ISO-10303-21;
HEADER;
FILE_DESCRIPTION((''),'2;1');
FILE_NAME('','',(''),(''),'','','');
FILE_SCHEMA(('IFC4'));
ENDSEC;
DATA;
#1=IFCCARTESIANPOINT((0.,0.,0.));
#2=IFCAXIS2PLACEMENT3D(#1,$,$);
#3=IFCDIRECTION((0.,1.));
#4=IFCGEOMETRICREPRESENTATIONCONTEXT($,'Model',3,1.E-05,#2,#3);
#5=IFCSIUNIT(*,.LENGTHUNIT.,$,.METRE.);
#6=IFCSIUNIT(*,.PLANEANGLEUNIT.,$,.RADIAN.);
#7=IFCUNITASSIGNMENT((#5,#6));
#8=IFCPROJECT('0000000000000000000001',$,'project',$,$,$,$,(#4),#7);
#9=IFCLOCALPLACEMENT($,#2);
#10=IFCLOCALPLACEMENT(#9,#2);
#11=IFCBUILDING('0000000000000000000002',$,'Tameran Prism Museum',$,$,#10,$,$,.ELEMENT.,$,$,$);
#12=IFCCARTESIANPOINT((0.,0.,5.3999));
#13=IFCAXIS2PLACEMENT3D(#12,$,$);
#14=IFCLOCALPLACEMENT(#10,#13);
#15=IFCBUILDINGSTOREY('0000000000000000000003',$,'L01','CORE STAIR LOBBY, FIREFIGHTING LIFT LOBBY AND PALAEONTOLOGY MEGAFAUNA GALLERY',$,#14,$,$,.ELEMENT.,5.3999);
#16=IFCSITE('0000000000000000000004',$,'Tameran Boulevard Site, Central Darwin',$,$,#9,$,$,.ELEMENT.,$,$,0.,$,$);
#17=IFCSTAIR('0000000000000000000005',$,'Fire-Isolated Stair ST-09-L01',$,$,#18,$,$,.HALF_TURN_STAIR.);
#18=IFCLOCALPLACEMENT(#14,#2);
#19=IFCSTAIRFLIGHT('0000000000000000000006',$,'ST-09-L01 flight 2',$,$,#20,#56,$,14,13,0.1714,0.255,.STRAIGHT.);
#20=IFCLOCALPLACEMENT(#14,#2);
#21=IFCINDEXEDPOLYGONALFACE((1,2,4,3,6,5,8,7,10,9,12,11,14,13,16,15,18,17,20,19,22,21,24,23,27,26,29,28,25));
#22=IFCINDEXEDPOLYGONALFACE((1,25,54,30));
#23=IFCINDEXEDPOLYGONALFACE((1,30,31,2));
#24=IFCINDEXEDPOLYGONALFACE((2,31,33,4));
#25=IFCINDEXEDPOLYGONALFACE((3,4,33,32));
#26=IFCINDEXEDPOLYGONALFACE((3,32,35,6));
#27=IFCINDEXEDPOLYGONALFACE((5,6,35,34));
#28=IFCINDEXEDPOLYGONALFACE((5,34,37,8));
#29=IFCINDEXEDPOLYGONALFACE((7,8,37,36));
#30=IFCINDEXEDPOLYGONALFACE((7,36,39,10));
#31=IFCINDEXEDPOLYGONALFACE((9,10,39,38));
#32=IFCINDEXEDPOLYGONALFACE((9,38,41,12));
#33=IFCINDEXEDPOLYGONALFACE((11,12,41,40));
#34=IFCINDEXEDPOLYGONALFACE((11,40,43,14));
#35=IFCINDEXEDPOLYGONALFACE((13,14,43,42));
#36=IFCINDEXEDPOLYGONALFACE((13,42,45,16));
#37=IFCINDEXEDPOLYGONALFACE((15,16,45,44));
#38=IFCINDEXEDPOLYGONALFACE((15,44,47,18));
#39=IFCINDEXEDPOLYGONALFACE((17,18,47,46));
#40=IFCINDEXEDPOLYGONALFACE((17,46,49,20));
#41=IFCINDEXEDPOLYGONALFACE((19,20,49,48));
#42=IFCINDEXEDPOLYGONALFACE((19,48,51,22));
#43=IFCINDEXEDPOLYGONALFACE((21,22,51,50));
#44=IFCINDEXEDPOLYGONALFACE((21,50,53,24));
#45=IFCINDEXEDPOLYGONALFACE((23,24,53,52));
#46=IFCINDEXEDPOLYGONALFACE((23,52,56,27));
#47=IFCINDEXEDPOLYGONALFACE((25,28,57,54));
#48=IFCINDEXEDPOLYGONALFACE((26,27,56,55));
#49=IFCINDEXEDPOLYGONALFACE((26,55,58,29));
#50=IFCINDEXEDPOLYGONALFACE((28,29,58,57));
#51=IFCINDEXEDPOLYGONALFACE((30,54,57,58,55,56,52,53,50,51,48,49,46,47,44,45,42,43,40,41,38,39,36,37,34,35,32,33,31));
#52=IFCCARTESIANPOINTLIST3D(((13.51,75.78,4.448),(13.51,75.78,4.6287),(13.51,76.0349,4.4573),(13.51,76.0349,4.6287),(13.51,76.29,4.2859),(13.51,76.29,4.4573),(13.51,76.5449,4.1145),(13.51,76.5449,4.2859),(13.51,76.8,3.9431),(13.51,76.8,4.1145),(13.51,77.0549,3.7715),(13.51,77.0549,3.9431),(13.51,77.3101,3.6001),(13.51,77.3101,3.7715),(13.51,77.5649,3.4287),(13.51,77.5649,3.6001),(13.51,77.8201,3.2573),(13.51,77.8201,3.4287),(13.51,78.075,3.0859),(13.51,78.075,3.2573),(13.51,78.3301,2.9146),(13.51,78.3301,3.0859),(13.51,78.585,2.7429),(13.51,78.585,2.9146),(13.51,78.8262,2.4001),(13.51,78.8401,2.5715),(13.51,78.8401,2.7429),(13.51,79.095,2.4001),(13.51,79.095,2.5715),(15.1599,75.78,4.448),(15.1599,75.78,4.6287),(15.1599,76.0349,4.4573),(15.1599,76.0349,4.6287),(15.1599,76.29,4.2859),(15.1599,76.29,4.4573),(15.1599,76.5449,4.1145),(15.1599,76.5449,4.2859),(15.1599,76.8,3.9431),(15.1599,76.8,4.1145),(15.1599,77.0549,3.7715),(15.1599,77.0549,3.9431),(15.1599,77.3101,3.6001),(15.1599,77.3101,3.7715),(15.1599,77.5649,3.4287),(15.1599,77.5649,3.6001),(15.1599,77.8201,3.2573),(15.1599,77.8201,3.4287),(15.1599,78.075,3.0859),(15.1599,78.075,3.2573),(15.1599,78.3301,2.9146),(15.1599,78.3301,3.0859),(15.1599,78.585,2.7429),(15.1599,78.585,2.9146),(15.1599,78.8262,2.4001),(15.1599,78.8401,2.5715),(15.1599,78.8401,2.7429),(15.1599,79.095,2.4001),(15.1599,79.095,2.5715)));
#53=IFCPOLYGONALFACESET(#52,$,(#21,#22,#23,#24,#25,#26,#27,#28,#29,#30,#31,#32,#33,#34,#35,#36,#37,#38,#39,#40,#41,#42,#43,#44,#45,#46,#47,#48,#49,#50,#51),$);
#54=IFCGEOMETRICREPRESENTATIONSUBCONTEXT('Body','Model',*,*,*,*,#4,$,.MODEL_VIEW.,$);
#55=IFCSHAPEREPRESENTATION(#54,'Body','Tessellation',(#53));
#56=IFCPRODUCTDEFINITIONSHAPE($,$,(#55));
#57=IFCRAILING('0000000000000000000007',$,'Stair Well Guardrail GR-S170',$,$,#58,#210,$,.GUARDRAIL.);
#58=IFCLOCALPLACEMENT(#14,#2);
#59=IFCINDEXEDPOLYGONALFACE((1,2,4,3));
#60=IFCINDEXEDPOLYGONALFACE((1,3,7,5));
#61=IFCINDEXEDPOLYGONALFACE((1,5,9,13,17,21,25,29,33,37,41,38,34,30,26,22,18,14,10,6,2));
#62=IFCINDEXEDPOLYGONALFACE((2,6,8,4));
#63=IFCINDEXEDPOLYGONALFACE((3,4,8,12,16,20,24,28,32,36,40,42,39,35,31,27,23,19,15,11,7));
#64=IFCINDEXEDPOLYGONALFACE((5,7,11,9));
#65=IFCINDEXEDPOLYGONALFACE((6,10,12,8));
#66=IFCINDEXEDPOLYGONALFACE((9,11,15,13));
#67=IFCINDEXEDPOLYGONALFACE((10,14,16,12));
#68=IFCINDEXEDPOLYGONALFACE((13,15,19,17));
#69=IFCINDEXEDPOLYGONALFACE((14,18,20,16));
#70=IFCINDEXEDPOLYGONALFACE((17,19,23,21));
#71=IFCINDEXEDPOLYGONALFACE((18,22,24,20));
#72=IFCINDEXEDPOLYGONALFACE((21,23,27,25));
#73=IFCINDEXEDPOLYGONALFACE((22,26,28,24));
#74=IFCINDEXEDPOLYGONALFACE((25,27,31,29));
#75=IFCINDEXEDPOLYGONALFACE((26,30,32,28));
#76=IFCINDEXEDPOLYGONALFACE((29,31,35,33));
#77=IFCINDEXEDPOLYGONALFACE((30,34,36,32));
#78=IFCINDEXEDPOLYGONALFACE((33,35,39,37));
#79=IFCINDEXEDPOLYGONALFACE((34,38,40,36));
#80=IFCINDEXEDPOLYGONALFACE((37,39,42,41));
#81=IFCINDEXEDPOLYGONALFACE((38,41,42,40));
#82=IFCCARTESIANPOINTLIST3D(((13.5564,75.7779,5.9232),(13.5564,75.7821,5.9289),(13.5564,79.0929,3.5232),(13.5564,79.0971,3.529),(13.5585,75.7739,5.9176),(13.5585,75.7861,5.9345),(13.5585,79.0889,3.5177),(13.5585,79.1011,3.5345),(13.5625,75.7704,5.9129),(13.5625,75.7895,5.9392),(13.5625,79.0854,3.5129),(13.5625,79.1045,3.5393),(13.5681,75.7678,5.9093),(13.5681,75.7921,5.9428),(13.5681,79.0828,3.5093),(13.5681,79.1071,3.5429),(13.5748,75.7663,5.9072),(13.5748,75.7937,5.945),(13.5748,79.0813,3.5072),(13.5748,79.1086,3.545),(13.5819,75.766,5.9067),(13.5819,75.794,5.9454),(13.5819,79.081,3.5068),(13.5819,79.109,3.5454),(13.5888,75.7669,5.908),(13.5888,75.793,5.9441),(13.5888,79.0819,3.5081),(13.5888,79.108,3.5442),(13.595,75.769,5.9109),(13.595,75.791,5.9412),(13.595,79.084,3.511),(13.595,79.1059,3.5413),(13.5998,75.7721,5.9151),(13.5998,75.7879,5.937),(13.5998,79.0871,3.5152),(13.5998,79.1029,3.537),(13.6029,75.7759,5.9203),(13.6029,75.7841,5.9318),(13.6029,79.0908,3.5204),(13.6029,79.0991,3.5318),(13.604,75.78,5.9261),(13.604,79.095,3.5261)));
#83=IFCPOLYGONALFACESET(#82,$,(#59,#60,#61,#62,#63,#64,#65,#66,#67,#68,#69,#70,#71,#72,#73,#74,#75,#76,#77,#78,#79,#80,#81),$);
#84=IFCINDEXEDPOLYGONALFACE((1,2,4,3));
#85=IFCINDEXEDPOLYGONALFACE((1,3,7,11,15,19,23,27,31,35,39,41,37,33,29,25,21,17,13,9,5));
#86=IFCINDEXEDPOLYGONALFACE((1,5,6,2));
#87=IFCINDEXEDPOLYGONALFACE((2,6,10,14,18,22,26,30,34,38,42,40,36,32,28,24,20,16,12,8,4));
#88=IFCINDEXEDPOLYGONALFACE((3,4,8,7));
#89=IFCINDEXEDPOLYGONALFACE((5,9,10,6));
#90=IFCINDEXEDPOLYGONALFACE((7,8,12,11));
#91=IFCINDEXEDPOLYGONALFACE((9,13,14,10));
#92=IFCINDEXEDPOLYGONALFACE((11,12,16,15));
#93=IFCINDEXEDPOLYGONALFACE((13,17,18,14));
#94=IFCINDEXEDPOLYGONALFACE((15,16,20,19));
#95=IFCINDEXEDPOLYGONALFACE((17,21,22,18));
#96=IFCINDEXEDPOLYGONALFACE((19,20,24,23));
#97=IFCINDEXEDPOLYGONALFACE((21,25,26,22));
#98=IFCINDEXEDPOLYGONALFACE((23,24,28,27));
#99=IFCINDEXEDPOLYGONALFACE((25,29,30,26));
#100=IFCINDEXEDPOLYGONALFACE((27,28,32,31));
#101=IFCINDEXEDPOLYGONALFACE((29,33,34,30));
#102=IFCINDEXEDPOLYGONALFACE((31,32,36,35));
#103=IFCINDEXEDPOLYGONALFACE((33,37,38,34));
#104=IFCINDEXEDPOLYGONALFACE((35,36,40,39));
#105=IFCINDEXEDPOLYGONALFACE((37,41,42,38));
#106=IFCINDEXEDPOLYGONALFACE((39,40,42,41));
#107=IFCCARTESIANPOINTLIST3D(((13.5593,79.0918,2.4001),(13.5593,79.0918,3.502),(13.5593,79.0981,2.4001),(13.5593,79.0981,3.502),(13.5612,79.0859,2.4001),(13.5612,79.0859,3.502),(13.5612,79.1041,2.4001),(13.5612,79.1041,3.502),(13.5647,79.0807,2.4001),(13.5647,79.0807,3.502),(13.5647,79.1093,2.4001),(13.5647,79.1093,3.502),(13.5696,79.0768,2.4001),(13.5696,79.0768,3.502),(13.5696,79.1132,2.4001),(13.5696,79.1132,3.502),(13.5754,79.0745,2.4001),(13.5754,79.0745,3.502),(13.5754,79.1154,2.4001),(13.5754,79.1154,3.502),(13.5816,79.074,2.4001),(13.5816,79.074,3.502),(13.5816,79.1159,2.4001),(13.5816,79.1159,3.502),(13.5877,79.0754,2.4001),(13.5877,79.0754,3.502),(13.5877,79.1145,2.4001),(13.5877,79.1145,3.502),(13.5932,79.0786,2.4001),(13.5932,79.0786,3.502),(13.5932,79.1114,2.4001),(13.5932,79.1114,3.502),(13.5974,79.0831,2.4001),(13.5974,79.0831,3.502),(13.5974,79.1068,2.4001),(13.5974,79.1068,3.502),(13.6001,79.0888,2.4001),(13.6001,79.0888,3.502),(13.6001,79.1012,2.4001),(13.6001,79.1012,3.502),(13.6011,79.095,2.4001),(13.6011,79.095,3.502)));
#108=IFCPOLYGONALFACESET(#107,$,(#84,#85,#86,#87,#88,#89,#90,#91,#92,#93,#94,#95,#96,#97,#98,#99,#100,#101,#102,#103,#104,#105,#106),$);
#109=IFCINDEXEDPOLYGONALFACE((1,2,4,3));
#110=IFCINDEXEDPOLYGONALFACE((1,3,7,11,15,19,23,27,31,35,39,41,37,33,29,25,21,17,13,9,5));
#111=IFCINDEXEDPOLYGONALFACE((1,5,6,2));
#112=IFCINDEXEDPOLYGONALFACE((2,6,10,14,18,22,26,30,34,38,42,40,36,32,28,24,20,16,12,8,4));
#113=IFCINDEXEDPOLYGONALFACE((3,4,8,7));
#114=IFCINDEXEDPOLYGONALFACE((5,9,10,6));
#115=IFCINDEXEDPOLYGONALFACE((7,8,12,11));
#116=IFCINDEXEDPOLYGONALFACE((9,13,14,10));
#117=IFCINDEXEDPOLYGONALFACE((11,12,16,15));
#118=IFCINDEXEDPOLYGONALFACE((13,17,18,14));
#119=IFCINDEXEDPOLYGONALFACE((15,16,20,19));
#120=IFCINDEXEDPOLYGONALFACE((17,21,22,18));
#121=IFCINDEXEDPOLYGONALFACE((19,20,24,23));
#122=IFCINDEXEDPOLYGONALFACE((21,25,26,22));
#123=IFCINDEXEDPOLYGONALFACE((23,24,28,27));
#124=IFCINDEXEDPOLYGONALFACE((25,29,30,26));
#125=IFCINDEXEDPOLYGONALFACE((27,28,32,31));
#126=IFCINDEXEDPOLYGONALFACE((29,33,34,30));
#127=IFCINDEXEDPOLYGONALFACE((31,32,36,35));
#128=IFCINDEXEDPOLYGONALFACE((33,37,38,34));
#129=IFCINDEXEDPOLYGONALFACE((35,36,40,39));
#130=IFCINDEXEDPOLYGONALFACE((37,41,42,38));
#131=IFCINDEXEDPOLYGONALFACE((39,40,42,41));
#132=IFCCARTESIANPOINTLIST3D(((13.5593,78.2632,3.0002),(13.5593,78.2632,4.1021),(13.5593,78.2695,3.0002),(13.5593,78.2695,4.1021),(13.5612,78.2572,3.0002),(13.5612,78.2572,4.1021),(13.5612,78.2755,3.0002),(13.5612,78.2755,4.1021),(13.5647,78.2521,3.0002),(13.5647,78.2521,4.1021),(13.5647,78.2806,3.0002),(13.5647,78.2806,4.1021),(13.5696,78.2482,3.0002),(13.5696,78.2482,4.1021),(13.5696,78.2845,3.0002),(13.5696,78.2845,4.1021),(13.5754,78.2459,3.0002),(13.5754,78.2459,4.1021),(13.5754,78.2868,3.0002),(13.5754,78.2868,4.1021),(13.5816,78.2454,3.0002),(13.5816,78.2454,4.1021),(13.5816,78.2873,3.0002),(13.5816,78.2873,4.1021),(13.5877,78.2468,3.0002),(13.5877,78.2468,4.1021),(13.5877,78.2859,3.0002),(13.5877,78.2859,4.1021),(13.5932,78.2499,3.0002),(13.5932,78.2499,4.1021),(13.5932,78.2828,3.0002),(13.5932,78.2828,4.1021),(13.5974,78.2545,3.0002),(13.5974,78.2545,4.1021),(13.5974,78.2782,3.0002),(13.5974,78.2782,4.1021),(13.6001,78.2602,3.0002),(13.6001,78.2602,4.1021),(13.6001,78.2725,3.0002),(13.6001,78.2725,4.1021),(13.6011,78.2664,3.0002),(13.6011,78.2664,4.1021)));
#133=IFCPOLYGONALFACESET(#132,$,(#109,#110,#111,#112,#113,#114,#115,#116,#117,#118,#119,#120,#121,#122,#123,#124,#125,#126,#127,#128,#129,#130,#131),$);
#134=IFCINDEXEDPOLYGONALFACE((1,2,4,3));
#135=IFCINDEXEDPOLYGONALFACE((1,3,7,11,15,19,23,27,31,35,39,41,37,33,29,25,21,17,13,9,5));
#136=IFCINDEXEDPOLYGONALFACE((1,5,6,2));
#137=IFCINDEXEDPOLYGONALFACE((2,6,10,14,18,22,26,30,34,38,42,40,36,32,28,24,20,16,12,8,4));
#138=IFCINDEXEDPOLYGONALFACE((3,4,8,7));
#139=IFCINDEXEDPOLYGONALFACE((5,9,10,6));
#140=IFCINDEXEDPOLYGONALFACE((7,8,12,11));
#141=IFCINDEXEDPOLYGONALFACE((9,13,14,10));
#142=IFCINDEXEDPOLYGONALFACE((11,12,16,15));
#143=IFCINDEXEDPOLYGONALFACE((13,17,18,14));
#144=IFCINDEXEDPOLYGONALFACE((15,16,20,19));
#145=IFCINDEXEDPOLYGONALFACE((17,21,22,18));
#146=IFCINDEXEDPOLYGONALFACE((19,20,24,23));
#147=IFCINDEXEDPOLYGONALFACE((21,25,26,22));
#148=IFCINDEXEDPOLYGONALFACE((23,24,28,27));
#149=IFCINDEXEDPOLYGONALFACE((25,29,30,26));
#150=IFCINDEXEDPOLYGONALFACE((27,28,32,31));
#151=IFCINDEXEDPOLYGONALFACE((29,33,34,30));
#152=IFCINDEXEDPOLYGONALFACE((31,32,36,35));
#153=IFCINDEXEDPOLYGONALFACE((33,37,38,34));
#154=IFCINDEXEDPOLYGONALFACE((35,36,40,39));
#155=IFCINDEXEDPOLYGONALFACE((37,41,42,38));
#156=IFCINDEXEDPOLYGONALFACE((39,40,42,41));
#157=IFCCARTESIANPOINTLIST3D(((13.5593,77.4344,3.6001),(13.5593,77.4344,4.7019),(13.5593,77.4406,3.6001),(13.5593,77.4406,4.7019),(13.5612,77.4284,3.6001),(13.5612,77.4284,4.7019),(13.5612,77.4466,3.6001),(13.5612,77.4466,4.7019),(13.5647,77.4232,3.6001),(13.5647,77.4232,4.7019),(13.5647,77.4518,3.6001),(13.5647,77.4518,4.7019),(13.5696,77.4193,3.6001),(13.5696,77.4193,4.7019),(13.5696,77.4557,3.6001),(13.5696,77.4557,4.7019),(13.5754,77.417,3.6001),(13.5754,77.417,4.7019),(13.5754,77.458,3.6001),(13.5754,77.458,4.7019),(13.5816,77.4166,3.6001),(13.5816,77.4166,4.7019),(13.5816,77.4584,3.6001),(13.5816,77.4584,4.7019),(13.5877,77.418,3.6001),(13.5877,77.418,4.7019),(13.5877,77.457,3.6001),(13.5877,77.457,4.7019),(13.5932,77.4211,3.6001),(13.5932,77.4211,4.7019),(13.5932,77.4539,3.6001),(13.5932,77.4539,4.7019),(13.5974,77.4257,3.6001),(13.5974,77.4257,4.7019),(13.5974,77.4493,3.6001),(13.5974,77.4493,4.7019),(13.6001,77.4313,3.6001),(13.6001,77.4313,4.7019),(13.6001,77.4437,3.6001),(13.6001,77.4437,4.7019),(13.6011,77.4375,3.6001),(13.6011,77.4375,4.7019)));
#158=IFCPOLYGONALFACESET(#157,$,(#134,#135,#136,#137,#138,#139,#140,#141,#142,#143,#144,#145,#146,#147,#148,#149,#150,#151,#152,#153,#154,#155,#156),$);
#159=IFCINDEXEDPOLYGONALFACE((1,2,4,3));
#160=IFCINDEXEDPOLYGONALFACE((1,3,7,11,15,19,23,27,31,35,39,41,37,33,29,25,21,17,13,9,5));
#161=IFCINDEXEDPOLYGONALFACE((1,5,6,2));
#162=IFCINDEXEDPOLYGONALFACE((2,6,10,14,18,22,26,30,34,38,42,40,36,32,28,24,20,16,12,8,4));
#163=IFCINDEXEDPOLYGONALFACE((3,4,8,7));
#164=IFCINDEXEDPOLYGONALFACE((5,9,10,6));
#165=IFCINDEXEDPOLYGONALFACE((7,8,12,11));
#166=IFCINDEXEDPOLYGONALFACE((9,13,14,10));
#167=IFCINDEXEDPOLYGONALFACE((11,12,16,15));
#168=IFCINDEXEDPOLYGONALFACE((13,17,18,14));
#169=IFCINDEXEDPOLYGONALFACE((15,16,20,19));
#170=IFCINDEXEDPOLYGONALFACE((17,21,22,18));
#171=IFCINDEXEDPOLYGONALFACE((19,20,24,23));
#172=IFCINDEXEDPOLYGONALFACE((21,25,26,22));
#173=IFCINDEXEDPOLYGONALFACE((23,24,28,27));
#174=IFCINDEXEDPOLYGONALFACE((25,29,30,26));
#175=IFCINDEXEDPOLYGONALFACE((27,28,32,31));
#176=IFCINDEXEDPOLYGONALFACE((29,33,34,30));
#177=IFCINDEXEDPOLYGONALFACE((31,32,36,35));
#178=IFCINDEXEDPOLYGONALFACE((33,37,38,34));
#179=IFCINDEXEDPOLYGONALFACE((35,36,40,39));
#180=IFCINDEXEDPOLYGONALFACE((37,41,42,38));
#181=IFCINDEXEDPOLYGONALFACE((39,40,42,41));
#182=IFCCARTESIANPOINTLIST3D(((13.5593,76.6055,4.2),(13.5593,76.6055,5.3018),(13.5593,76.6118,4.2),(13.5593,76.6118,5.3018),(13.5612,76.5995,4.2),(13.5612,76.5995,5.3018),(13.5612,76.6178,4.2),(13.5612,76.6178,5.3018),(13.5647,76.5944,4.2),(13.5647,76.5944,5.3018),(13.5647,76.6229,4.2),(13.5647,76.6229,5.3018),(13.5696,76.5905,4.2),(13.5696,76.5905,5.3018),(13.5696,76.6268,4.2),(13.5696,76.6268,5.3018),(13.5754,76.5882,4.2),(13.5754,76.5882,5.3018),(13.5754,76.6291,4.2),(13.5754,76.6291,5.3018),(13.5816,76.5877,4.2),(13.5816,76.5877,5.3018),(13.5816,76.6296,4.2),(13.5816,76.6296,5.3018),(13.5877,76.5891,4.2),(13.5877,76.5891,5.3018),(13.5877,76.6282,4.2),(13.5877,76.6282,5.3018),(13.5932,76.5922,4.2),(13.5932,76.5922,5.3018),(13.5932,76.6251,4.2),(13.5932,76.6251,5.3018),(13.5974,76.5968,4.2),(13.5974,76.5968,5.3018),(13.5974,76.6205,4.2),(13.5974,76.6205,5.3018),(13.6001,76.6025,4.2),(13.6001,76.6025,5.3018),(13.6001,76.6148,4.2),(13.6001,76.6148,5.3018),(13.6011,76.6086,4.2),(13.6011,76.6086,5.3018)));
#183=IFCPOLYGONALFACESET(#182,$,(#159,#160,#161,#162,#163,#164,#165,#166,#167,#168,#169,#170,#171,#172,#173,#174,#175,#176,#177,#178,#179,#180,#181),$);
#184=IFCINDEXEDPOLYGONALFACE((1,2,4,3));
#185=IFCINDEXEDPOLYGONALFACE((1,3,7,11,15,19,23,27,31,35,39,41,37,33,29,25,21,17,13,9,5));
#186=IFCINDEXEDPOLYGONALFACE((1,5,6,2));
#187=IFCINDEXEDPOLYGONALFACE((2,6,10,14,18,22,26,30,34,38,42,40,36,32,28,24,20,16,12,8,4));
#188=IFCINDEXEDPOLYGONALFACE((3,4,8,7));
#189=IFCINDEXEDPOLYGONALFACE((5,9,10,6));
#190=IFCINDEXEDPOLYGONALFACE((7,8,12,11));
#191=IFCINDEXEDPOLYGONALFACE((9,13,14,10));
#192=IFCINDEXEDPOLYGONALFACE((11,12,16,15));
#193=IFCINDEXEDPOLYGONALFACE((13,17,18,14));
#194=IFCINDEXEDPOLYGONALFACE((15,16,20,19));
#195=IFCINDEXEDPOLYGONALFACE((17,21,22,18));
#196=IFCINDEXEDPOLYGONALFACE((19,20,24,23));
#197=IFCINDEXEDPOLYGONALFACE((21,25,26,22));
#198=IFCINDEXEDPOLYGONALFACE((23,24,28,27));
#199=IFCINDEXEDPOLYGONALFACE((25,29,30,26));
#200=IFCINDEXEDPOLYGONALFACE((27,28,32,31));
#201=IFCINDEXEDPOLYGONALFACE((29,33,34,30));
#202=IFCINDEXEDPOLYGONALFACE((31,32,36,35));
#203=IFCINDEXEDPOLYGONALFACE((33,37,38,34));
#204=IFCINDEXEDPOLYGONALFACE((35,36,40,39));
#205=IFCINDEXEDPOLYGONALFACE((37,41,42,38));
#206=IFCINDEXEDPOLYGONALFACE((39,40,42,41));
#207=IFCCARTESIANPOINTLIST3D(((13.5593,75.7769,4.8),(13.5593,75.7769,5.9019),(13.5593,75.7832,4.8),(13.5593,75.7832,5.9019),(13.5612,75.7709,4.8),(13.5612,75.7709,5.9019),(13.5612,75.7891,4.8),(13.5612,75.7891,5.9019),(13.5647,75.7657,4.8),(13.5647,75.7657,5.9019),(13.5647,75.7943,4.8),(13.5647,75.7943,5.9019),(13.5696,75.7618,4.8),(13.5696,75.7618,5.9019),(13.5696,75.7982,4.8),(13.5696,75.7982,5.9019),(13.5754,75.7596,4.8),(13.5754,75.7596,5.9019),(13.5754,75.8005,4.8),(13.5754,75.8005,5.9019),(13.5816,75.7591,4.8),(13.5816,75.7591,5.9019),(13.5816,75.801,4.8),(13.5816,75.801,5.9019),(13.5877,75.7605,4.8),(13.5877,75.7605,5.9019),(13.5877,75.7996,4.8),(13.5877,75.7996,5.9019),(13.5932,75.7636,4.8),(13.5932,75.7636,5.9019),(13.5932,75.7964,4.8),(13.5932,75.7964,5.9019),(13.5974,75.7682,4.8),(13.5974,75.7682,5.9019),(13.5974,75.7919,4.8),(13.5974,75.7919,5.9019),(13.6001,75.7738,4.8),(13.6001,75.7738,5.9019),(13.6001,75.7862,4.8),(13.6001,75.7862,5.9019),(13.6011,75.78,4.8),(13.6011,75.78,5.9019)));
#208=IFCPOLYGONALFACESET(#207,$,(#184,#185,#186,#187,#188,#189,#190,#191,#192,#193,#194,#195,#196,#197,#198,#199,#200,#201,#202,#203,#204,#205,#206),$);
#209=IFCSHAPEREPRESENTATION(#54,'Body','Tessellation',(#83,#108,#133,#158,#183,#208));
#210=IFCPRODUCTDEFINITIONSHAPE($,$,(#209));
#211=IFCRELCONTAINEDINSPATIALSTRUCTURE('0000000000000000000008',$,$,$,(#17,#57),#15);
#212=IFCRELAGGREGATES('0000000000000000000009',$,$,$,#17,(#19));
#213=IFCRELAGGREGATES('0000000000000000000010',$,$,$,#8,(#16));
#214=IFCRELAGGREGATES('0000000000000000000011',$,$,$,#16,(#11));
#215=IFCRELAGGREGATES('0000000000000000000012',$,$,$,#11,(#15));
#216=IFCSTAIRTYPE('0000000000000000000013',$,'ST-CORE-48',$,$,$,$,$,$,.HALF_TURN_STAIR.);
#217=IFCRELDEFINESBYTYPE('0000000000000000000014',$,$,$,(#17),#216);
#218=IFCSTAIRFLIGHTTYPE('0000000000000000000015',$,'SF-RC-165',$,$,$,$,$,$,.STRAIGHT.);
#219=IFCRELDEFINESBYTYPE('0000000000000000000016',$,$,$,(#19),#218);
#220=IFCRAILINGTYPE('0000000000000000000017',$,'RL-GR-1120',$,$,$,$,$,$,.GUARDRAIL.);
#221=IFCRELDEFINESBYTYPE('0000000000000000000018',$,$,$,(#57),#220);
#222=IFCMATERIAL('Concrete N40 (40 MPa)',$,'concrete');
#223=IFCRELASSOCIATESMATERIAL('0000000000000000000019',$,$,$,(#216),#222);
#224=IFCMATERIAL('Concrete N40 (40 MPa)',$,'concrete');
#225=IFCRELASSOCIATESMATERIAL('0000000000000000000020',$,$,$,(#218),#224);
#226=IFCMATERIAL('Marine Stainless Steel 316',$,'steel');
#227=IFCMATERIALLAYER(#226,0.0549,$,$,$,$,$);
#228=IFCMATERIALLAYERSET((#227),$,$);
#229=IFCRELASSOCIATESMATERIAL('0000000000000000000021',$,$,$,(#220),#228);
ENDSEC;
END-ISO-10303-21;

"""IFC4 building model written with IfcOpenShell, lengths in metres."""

from ifc_helpers import new_model, si_unit, direction, frame, origin, origin_2d, place, context, subcontext, project, spatial, polyline, circle, outline, extrude, material, layer, layer_set, type_object, element, aggregate, save


model = new_model("IFC4")

# Units and contexts
model_context = context("Model", 3, precision=1e-05, world=origin(), true_north=direction((0.0, 1.0)))
body_context = subcontext(model_context, "Body", "Model", "MODEL_VIEW")
ifc_project = project(units=[si_unit("LENGTHUNIT", "METRE"), si_unit("PLANEANGLEUNIT", "RADIAN")], contexts=[model_context])

# Site, building, storey
site_placement = place(None, origin())
site = spatial("IfcSite", under=ifc_project, at=site_placement, Name="Tameran Boulevard Site, Central Darwin", CompositionType="ELEMENT", RefElevation=0.0)
building_placement = place(site_placement, origin())
building = spatial("IfcBuilding", under=site, at=building_placement, Name="Tameran Prism Museum", CompositionType="ELEMENT")
storey_placement = place(building_placement, frame((0.0, 0.0, 5.3999)))
storey = spatial("IfcBuildingStorey", under=building, at=storey_placement, Name="L01", Description="CORE STAIR LOBBY, FIREFIGHTING LIFT LOBBY AND PALAEONTOLOGY MEGAFAUNA GALLERY", CompositionType="ELEMENT", Elevation=5.3999)

# Stair, stair flight
ifc_material_1 = material(Name="Concrete N40 (40 MPa)", Category="concrete")
stair_type = type_object("IfcStairType", Name="ST-CORE-48", PredefinedType="HALF_TURN_STAIR", material=ifc_material_1)
stair_placement = place(storey_placement, origin())
stair = element("IfcStair", 1, at=stair_placement, inside=storey, type_object=stair_type, Name="Fire-Isolated Stair ST-09-L01", PredefinedType="HALF_TURN_STAIR")
ifc_material_2 = material(Name="Concrete N40 (40 MPa)", Category="concrete")
stair_flight_type = type_object("IfcStairFlightType", Name="SF-RC-165", PredefinedType="STRAIGHT", material=ifc_material_2)
stair_flight_placement = place(storey_placement, frame((14.335, 79.095, 2.4001), z_axis=(0.0, 0.0, 1.0), x_axis=(0.0, -1.0, 0.0)))
stair_flight = element("IfcStairFlight", 2, at=stair_flight_placement, type_object=stair_flight_type, Name="ST-09-L01 flight 2", NumberOfRisers=14, NumberOfTreads=13, PredefinedType="STRAIGHT", RiserHeight=0.1714, TreadLength=0.255, context=body_context, shape_type="SweptSolid", body=[
    extrude(outline(polyline([(0.0, 0.0), (0.0, 0.1714), (0.2549, 0.1714), (0.2549, 0.3428), (0.51, 0.3428), (0.51, 0.5144), (0.7649, 0.5144), (0.7649, 0.6858), (1.02, 0.6858), (1.02, 0.8572), (1.2749, 0.8572), (1.2749, 1.0286), (1.53, 1.0286), (1.53, 1.2), (1.7849, 1.2), (1.7849, 1.3713), (2.04, 1.3713), (2.04, 1.543), (2.2949, 1.543), (2.2949, 1.7144), (2.55, 1.7144), (2.55, 1.8857), (2.8049, 1.8857), (2.8049, 2.0571), (3.0601, 2.0571), (3.0601, 2.2285), (3.3149, 2.2285), (3.3149, 2.3999), (3.3149, 2.0479), (0.2688, 0.0), (0.0, 0.0)])), frame((0.0, 0.825, 0.0), z_axis=(0.0, -1.0, 0.0), x_axis=(1.0, 0.0, 0.0)), (0.0, 0.0, 1.0), 1.6499),
])
aggregate(stair, [stair_flight])

# Railing
ifc_material_3 = material(Name="Marine Stainless Steel 316", Category="steel")
ifc_layer_1 = layer(ifc_material_3, 0.0549)
ifc_layer_set_1 = layer_set([ifc_layer_1])
railing_type_1 = type_object("IfcRailingType", Name="RL-GR-1120", PredefinedType="GUARDRAIL", material=ifc_layer_set_1)
railing_1_placement = place(storey_placement, frame((13.5801, 79.095, 2.4001)))
element("IfcRailing", 3, at=railing_1_placement, inside=storey, type_object=railing_type_1, Name="Stair Well Guardrail GR-S170", PredefinedType="GUARDRAIL", context=body_context, shape_type="SweptSolid", body=[
    extrude(circle(Radius=0.0239, at=origin_2d()), frame((0.0, 0.0, 1.126), z_axis=(0.0, -0.810009, 0.586418), x_axis=(1.0, 0.0, 0.0)), (0.0, 0.0, 1.0), 4.0925),
    extrude(circle(Radius=0.021, at=origin_2d()), origin(), (0.0, 0.0, 1.0), 1.1018),
    extrude(circle(Radius=0.021, at=origin_2d()), frame((0.0, -0.8286, 0.6001)), (0.0, 0.0, 1.0), 1.1018),
    extrude(circle(Radius=0.021, at=origin_2d()), frame((0.0, -1.6575, 1.2)), (0.0, 0.0, 1.0), 1.1018),
    extrude(circle(Radius=0.021, at=origin_2d()), frame((0.0, -2.4863, 1.7998)), (0.0, 0.0, 1.0), 1.1018),
    extrude(circle(Radius=0.021, at=origin_2d()), frame((0.0, -3.3149, 2.3999)), (0.0, 0.0, 1.0), 1.1018),
])

save(model, "model.ifc")
